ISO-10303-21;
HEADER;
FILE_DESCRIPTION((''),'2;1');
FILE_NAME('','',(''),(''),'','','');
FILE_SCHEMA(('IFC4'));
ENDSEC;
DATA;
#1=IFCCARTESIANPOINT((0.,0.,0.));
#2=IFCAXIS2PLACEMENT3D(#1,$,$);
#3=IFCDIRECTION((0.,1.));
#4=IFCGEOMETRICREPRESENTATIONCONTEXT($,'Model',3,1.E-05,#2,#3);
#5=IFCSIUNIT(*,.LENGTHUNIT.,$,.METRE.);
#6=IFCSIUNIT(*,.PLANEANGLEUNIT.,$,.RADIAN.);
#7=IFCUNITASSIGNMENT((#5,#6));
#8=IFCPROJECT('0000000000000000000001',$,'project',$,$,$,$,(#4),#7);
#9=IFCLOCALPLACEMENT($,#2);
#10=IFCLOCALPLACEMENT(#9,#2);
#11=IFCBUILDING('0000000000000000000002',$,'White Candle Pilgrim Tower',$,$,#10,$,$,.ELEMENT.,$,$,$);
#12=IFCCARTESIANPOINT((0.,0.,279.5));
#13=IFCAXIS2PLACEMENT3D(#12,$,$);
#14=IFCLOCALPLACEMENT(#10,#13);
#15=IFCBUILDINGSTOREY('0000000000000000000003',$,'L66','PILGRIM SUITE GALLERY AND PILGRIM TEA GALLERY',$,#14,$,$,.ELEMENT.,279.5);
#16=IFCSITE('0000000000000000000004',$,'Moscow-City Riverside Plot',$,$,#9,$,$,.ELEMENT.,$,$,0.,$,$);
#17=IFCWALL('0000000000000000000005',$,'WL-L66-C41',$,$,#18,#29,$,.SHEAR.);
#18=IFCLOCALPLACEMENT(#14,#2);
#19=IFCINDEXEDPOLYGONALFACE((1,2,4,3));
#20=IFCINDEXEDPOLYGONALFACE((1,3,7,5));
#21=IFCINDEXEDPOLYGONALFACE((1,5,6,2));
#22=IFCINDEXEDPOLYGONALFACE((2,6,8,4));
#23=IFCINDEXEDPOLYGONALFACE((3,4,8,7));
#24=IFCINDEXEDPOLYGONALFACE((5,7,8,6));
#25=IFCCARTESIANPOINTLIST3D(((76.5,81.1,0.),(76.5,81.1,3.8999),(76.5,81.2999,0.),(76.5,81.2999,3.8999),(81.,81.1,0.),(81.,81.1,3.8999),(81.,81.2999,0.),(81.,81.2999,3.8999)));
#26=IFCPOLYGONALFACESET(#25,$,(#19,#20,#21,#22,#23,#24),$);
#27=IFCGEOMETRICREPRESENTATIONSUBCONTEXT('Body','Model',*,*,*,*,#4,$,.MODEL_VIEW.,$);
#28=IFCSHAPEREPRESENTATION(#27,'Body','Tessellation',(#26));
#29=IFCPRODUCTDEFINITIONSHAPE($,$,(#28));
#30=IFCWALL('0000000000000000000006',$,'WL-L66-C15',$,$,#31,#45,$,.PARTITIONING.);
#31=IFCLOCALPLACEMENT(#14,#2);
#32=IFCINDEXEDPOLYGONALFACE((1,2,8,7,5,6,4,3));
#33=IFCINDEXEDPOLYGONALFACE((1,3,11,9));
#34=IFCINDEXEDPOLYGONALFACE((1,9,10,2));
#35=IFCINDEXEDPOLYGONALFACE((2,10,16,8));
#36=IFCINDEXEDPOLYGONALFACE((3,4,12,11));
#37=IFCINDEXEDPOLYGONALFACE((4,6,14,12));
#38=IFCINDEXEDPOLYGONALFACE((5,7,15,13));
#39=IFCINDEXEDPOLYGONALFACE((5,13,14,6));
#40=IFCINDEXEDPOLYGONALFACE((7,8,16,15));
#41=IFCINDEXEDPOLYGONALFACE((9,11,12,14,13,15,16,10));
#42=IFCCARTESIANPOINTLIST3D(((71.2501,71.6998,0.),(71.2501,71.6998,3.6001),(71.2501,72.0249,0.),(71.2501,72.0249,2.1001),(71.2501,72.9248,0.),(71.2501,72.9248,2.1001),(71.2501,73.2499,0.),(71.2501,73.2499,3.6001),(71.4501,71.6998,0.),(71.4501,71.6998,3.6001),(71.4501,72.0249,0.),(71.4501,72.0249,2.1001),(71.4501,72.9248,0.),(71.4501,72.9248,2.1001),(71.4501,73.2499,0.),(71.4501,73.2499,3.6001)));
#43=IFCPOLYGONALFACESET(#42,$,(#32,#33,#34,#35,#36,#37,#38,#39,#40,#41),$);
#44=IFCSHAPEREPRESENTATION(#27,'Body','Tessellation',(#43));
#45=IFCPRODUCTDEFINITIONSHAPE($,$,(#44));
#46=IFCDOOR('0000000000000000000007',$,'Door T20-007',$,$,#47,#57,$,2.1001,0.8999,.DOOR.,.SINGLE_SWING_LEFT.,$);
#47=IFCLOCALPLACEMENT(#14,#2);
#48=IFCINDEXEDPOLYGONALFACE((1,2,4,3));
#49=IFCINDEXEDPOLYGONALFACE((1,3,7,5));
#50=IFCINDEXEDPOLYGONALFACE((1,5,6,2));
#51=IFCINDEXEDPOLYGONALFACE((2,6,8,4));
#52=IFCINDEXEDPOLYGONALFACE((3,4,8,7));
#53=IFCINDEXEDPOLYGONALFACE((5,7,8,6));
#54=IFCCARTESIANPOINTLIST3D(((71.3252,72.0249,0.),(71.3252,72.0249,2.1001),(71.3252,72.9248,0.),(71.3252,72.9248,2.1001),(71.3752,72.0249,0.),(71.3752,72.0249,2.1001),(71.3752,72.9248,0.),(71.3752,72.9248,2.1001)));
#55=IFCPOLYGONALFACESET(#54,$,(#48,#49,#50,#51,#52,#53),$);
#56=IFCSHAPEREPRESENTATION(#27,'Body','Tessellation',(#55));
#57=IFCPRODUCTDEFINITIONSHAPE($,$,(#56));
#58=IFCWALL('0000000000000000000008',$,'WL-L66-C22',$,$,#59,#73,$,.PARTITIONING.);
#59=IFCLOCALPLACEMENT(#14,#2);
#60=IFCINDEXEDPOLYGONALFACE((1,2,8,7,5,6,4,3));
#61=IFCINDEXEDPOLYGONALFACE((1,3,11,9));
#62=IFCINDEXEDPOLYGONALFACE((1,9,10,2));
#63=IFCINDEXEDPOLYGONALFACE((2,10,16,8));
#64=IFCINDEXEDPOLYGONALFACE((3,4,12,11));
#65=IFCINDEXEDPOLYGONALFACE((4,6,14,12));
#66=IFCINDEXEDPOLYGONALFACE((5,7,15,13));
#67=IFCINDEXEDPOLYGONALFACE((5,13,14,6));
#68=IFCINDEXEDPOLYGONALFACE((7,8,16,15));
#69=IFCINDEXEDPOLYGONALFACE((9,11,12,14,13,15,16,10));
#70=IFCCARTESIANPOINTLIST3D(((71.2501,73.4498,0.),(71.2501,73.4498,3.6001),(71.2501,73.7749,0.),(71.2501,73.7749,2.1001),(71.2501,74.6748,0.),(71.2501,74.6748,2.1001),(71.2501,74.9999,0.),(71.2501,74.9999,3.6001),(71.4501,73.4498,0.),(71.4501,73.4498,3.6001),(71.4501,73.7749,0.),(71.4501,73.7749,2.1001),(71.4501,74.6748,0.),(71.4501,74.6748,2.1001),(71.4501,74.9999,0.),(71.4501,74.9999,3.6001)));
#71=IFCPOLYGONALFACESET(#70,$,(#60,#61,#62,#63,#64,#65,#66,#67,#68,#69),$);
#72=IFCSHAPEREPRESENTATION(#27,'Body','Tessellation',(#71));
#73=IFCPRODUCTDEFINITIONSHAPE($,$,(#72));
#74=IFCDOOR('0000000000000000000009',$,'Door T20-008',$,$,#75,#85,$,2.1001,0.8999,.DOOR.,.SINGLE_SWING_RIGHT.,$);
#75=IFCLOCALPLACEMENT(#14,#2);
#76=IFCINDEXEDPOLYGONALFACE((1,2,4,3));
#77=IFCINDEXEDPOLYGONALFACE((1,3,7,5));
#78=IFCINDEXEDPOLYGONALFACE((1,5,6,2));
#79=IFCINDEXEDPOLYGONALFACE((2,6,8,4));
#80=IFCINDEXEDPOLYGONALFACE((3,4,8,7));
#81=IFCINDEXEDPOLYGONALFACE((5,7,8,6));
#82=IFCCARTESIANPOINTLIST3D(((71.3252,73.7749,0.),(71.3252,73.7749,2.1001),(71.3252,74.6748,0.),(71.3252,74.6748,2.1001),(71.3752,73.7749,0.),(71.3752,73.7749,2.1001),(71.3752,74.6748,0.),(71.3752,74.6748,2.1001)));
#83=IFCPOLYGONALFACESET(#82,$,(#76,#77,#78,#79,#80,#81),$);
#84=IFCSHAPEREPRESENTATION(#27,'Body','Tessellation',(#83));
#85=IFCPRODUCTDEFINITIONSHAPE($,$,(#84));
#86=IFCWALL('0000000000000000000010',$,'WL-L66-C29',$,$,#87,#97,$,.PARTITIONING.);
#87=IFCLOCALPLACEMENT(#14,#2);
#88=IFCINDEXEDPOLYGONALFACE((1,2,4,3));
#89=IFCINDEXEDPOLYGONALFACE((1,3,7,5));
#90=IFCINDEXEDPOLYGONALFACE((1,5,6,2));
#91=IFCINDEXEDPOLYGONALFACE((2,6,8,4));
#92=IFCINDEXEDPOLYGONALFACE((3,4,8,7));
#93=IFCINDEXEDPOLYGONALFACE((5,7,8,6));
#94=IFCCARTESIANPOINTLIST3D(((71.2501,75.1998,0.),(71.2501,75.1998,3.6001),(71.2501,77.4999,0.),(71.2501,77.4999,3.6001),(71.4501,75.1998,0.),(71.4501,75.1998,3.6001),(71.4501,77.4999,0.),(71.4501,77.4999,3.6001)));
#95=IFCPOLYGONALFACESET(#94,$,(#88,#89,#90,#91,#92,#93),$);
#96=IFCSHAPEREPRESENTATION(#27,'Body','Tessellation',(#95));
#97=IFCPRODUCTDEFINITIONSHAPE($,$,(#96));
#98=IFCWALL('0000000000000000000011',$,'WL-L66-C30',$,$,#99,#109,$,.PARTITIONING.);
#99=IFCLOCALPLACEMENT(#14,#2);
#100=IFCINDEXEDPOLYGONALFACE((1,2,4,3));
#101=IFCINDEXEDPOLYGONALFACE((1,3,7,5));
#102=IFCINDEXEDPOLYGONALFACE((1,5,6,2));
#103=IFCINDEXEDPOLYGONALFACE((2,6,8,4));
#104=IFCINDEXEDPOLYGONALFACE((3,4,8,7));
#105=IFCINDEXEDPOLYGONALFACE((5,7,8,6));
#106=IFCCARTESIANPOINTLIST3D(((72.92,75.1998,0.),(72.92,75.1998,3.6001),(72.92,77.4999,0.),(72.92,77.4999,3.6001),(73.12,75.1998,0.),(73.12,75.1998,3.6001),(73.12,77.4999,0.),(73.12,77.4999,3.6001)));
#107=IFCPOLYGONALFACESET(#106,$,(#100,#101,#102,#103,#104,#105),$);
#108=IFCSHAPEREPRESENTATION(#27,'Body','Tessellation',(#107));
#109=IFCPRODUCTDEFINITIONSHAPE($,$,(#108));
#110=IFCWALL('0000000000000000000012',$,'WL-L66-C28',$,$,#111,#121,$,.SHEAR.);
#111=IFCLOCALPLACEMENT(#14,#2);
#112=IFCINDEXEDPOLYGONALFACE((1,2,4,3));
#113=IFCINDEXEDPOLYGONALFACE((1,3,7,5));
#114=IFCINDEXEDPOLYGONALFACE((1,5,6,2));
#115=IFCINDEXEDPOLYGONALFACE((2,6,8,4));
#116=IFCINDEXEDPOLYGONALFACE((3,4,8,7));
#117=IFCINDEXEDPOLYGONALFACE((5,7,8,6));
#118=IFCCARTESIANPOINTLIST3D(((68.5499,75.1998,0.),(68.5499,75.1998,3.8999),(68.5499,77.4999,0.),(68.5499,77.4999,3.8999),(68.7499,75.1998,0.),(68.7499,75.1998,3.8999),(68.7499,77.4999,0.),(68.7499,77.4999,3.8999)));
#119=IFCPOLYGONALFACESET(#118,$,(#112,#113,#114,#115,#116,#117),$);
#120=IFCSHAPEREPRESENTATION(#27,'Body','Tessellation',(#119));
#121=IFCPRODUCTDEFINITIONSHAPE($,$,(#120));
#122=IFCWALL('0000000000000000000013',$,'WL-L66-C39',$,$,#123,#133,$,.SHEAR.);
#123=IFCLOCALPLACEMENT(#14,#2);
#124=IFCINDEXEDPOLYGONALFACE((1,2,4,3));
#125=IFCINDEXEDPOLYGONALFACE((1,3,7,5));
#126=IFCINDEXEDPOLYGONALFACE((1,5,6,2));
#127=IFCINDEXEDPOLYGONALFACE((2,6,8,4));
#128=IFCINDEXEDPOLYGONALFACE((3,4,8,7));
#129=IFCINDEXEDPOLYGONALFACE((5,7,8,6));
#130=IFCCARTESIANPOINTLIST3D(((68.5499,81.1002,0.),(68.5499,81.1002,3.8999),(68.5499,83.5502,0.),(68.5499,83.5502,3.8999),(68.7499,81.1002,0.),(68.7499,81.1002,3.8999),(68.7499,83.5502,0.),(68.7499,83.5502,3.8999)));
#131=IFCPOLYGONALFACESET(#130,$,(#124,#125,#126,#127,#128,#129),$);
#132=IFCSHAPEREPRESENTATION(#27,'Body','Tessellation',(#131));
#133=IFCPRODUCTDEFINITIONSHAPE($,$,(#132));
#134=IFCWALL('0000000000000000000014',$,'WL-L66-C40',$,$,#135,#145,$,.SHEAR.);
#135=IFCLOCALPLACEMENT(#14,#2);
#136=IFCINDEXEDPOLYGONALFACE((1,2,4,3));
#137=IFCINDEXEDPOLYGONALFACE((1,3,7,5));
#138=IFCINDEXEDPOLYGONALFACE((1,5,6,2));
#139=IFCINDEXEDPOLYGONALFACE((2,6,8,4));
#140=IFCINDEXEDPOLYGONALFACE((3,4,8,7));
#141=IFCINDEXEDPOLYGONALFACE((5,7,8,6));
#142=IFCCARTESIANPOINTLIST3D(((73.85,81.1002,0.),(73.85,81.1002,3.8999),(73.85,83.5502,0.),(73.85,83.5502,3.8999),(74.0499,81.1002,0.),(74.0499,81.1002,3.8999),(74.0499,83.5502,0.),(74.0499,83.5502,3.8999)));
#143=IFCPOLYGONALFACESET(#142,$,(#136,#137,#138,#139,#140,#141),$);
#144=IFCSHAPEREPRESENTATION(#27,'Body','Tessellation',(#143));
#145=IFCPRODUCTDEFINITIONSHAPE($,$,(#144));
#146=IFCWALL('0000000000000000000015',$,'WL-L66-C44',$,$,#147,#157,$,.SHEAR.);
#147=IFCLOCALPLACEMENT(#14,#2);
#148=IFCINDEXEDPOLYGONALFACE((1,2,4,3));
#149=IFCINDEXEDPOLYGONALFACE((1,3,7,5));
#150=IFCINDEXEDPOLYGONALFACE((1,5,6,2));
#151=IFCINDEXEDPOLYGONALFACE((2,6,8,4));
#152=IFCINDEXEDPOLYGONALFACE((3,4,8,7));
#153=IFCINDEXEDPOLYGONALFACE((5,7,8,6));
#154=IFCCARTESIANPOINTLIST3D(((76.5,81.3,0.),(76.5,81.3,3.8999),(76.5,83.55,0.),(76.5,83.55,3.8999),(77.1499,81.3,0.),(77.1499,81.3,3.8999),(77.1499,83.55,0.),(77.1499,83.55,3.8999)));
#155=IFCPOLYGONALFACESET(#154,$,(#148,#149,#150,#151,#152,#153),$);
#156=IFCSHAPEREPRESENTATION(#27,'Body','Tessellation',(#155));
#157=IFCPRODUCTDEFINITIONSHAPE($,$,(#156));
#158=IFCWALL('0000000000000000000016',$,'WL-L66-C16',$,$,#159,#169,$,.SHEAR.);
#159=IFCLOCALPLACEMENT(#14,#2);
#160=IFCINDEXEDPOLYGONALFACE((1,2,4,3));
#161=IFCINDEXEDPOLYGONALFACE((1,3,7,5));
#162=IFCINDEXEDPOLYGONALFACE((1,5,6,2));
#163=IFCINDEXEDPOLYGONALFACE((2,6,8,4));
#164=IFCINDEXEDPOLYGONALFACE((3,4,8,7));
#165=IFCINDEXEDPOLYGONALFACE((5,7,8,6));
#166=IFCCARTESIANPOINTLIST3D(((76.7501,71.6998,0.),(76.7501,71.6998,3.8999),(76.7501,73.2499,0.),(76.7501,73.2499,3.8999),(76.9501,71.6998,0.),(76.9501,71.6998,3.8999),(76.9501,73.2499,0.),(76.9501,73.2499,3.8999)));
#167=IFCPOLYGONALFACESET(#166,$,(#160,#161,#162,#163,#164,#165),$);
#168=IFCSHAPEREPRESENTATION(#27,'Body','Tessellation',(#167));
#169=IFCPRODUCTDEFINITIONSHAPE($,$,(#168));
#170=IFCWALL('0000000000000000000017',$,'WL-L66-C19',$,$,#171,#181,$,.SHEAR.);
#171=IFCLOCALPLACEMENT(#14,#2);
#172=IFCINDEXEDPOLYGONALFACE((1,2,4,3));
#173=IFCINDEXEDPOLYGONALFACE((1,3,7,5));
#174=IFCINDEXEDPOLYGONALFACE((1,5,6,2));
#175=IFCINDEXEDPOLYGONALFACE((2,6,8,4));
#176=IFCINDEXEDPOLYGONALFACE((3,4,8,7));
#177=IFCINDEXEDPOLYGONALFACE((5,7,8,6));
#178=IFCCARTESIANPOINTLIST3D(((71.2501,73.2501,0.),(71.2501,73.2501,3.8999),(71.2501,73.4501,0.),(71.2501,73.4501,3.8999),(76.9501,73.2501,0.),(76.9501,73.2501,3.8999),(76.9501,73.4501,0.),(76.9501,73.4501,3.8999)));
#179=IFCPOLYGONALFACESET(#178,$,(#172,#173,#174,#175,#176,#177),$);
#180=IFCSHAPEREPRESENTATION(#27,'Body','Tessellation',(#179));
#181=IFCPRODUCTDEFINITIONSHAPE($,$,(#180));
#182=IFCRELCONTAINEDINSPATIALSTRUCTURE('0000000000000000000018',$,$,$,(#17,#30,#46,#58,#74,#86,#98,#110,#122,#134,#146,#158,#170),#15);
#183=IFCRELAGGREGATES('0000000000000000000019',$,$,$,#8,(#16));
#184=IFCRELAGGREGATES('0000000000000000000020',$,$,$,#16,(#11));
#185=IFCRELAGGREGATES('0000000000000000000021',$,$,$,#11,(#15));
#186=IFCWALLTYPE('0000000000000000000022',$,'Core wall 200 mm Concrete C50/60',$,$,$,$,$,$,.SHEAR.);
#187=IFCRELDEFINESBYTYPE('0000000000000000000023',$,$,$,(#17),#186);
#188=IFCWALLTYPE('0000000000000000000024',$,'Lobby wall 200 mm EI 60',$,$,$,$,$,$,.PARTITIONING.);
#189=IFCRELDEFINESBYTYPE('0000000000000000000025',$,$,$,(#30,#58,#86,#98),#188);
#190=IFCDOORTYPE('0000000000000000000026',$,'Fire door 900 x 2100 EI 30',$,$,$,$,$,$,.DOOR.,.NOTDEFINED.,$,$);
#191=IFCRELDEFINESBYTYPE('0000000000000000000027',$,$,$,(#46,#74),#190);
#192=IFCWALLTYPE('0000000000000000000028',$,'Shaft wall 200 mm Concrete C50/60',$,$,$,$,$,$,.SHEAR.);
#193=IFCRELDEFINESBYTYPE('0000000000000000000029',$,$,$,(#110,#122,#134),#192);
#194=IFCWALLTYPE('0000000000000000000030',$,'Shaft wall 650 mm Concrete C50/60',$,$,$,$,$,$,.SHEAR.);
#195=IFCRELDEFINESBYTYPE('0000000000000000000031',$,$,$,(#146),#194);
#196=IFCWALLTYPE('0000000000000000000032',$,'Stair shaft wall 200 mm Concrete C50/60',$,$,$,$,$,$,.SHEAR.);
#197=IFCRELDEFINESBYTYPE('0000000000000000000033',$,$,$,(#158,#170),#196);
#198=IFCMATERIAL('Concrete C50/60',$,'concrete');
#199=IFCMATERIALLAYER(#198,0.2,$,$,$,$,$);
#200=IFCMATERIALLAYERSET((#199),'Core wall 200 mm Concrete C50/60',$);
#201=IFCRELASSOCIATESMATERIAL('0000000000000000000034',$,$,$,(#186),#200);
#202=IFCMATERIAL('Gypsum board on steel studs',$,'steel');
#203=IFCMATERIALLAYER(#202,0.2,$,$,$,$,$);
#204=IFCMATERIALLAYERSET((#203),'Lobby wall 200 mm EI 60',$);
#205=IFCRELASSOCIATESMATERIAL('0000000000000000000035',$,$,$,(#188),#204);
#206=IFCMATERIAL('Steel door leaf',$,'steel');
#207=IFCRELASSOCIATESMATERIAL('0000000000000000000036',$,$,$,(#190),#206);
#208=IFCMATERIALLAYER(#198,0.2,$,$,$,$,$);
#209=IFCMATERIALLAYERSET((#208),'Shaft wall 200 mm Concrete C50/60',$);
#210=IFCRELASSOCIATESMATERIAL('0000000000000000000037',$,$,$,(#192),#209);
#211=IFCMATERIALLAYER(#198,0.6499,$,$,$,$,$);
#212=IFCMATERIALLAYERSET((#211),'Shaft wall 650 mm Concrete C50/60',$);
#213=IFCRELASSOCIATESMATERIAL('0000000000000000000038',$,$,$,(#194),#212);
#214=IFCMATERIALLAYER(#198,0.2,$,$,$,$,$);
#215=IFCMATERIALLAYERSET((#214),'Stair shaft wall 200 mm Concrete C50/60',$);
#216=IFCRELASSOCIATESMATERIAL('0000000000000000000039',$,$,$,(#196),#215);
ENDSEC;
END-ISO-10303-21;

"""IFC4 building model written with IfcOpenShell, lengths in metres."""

from ifc_helpers import new_model, si_unit, direction, frame, frame_2d, origin, place, context, subcontext, project, spatial, rectangle, extrude, material, layer, layer_set, type_object, element, fill, save


model = new_model("IFC4")

# Units and contexts
model_context = context("Model", 3, precision=1e-05, world=origin(), true_north=direction((0.0, 1.0)))
body_context = subcontext(model_context, "Body", "Model", "MODEL_VIEW")
ifc_project = project(units=[si_unit("LENGTHUNIT", "METRE"), si_unit("PLANEANGLEUNIT", "RADIAN")], contexts=[model_context])

# Site, building, storey
site_placement = place(None, origin())
site = spatial("IfcSite", under=ifc_project, at=site_placement, Name="Moscow-City Riverside Plot", CompositionType="ELEMENT", RefElevation=0.0)
building_placement = place(site_placement, origin())
building = spatial("IfcBuilding", under=site, at=building_placement, Name="White Candle Pilgrim Tower", CompositionType="ELEMENT")
storey_placement = place(building_placement, frame((0.0, 0.0, 279.5)))
storey = spatial("IfcBuildingStorey", under=building, at=storey_placement, Name="L66", Description="PILGRIM SUITE GALLERY AND PILGRIM TEA GALLERY", CompositionType="ELEMENT", Elevation=279.5)

# Wall
ifc_material_1 = material(Name="Concrete C50/60", Category="concrete")
ifc_layer_1 = layer(ifc_material_1, 0.2)
ifc_layer_set_1 = layer_set([ifc_layer_1], Name="Core wall 200 mm Concrete C50/60")
wall_type_1 = type_object("IfcWallType", Name="Core wall 200 mm Concrete C50/60", PredefinedType="SHEAR", material=ifc_layer_set_1)
wall_1_placement = place(storey_placement, frame((76.5, 81.2, 0.0), z_axis=(0.0, 0.0, 1.0), x_axis=(1.0, 0.0, 0.0)))
element("IfcWall", 1, at=wall_1_placement, inside=storey, type_object=wall_type_1, Name="WL-L66-C41", PredefinedType="SHEAR", context=body_context, shape_type="SweptSolid", body=[
    extrude(rectangle(XDim=4.5, YDim=0.2, at=frame_2d((2.25, 0.0))), origin(), (0.0, 0.0, 1.0), 3.8999),
])

# Walls, openings, doors
ifc_material_2 = material(Name="Gypsum board on steel studs", Category="steel")
ifc_layer_2 = layer(ifc_material_2, 0.2)
ifc_layer_set_2 = layer_set([ifc_layer_2], Name="Lobby wall 200 mm EI 60")
wall_type_2 = type_object("IfcWallType", Name="Lobby wall 200 mm EI 60", PredefinedType="PARTITIONING", material=ifc_layer_set_2)
wall_2_placement = place(storey_placement, frame((71.3501, 71.7, 0.0), z_axis=(0.0, 0.0, 1.0), x_axis=(0.0, 1.0, 0.0)))
wall_2 = element("IfcWall", 2, at=wall_2_placement, inside=storey, type_object=wall_type_2, Name="WL-L66-C15", PredefinedType="PARTITIONING", context=body_context, shape_type="SweptSolid", body=[
    extrude(rectangle(XDim=1.55, YDim=0.2, at=frame_2d((0.7749, 0.0))), origin(), (0.0, 0.0, 1.0), 3.6001),
])
opening_1_placement = place(wall_2_placement, frame((0.325, 0.0, 0.0)))
opening_1 = element("IfcOpeningElement", 3, at=opening_1_placement, cuts=wall_2, PredefinedType="OPENING", context=body_context, shape_type="SweptSolid", body=[
    extrude(rectangle(XDim=0.8999, YDim=2.1001, at=frame_2d((0.45, 1.05))), frame((0.0, 0.1099, 0.0), z_axis=(0.0, -1.0, 0.0), x_axis=(1.0, 0.0, 0.0)), (0.0, 0.0, 1.0), 0.22),
])
ifc_material_3 = material(Name="Steel door leaf", Category="steel")
door_type = type_object("IfcDoorType", Name="Fire door 900 x 2100 EI 30", OperationType="NOTDEFINED", PredefinedType="DOOR", material=ifc_material_3)
door_1_placement = place(opening_1_placement, origin())
door_1 = element("IfcDoor", 4, at=door_1_placement, inside=storey, type_object=door_type, Name="Door T20-007", OperationType="SINGLE_SWING_LEFT", OverallHeight=2.1001, OverallWidth=0.8999, PredefinedType="DOOR", context=body_context, shape_type="SweptSolid", body=[
    extrude(rectangle(XDim=0.8999, YDim=2.1001, at=frame_2d((0.45, 1.05))), frame((0.0, 0.0249, 0.0), z_axis=(0.0, -1.0, 0.0), x_axis=(1.0, 0.0, 0.0)), (0.0, 0.0, 1.0), 0.05),
])
fill(opening_1, door_1)
wall_3_placement = place(storey_placement, frame((71.3501, 73.45, 0.0), z_axis=(0.0, 0.0, 1.0), x_axis=(0.0, 1.0, 0.0)))
wall_3 = element("IfcWall", 5, at=wall_3_placement, inside=storey, type_object=wall_type_2, Name="WL-L66-C22", PredefinedType="PARTITIONING", context=body_context, shape_type="SweptSolid", body=[
    extrude(rectangle(XDim=1.55, YDim=0.2, at=frame_2d((0.7749, 0.0))), origin(), (0.0, 0.0, 1.0), 3.6001),
])
opening_2_placement = place(wall_3_placement, frame((0.325, 0.0, 0.0)))
opening_2 = element("IfcOpeningElement", 6, at=opening_2_placement, cuts=wall_3, PredefinedType="OPENING", context=body_context, shape_type="SweptSolid", body=[
    extrude(rectangle(XDim=0.8999, YDim=2.1001, at=frame_2d((0.45, 1.05))), frame((0.0, 0.1099, 0.0), z_axis=(0.0, -1.0, 0.0), x_axis=(1.0, 0.0, 0.0)), (0.0, 0.0, 1.0), 0.22),
])
door_2_placement = place(opening_2_placement, origin())
door_2 = element("IfcDoor", 7, at=door_2_placement, inside=storey, type_object=door_type, Name="Door T20-008", OperationType="SINGLE_SWING_RIGHT", OverallHeight=2.1001, OverallWidth=0.8999, PredefinedType="DOOR", context=body_context, shape_type="SweptSolid", body=[
    extrude(rectangle(XDim=0.8999, YDim=2.1001, at=frame_2d((0.45, 1.05))), frame((0.0, 0.0249, 0.0), z_axis=(0.0, -1.0, 0.0), x_axis=(1.0, 0.0, 0.0)), (0.0, 0.0, 1.0), 0.05),
])
fill(opening_2, door_2)

# Walls
for number, where, z_axis, x_axis, name in (
    (8, (71.3501, 75.2, 0.0), (0.0, 0.0, 1.0), (0.0, 1.0, 0.0), "WL-L66-C29"),
    (9, (73.02, 75.2, 0.0), (0.0, 0.0, 1.0), (0.0, 1.0, 0.0), "WL-L66-C30"),
):
    element("IfcWall", number, at=place(storey_placement, frame(where, z_axis=z_axis, x_axis=x_axis)), inside=storey, type_object=wall_type_2, Name=name, PredefinedType="PARTITIONING", context=body_context, shape_type="SweptSolid", body=[
        extrude(rectangle(XDim=2.3, YDim=0.2, at=frame_2d((1.1499, 0.0))), origin(), (0.0, 0.0, 1.0), 3.6001),
    ])
ifc_layer_3 = layer(ifc_material_1, 0.2)
ifc_layer_set_3 = layer_set([ifc_layer_3], Name="Shaft wall 200 mm Concrete C50/60")
wall_type_3 = type_object("IfcWallType", Name="Shaft wall 200 mm Concrete C50/60", PredefinedType="SHEAR", material=ifc_layer_set_3)
wall_4_placement = place(storey_placement, frame((68.6499, 75.2, 0.0), z_axis=(0.0, 0.0, 1.0), x_axis=(0.0, 1.0, 0.0)))
element("IfcWall", 10, at=wall_4_placement, inside=storey, type_object=wall_type_3, Name="WL-L66-C28", PredefinedType="SHEAR", context=body_context, shape_type="SweptSolid", body=[
    extrude(rectangle(XDim=2.3, YDim=0.2, at=frame_2d((1.1499, 0.0))), origin(), (0.0, 0.0, 1.0), 3.8999),
])
for number, where, z_axis, x_axis, name in (
    (11, (68.6499, 81.1001, 0.0), (0.0, 0.0, 1.0), (0.0, 1.0, 0.0), "WL-L66-C39"),
    (12, (73.95, 81.1001, 0.0), (0.0, 0.0, 1.0), (0.0, 1.0, 0.0), "WL-L66-C40"),
):
    element("IfcWall", number, at=place(storey_placement, frame(where, z_axis=z_axis, x_axis=x_axis)), inside=storey, type_object=wall_type_3, Name=name, PredefinedType="SHEAR", context=body_context, shape_type="SweptSolid", body=[
        extrude(rectangle(XDim=2.45, YDim=0.2, at=frame_2d((1.2251, 0.0))), origin(), (0.0, 0.0, 1.0), 3.8999),
    ])
ifc_layer_4 = layer(ifc_material_1, 0.6499)
ifc_layer_set_4 = layer_set([ifc_layer_4], Name="Shaft wall 650 mm Concrete C50/60")
wall_type_4 = type_object("IfcWallType", Name="Shaft wall 650 mm Concrete C50/60", PredefinedType="SHEAR", material=ifc_layer_set_4)
wall_5_placement = place(storey_placement, frame((76.825, 81.3, 0.0), z_axis=(0.0, 0.0, 1.0), x_axis=(0.0, 1.0, 0.0)))
element("IfcWall", 13, at=wall_5_placement, inside=storey, type_object=wall_type_4, Name="WL-L66-C44", PredefinedType="SHEAR", context=body_context, shape_type="SweptSolid", body=[
    extrude(rectangle(XDim=2.25, YDim=0.6499, at=frame_2d((1.125, 0.0))), origin(), (0.0, 0.0, 1.0), 3.8999),
])
ifc_layer_5 = layer(ifc_material_1, 0.2)
ifc_layer_set_5 = layer_set([ifc_layer_5], Name="Stair shaft wall 200 mm Concrete C50/60")
wall_type_5 = type_object("IfcWallType", Name="Stair shaft wall 200 mm Concrete C50/60", PredefinedType="SHEAR", material=ifc_layer_set_5)
wall_6_placement = place(storey_placement, frame((76.8501, 71.7, 0.0), z_axis=(0.0, 0.0, 1.0), x_axis=(0.0, 1.0, 0.0)))
element("IfcWall", 14, at=wall_6_placement, inside=storey, type_object=wall_type_5, Name="WL-L66-C16", PredefinedType="SHEAR", context=body_context, shape_type="SweptSolid", body=[
    extrude(rectangle(XDim=1.55, YDim=0.2, at=frame_2d((0.7749, 0.0))), origin(), (0.0, 0.0, 1.0), 3.8999),
])
wall_7_placement = place(storey_placement, frame((71.25, 73.3501, 0.0), z_axis=(0.0, 0.0, 1.0), x_axis=(1.0, 0.0, 0.0)))
element("IfcWall", 15, at=wall_7_placement, inside=storey, type_object=wall_type_5, Name="WL-L66-C19", PredefinedType="SHEAR", context=body_context, shape_type="SweptSolid", body=[
    extrude(rectangle(XDim=5.7, YDim=0.2, at=frame_2d((2.8501, 0.0))), origin(), (0.0, 0.0, 1.0), 3.8999),
])

save(model, "model.ifc")
